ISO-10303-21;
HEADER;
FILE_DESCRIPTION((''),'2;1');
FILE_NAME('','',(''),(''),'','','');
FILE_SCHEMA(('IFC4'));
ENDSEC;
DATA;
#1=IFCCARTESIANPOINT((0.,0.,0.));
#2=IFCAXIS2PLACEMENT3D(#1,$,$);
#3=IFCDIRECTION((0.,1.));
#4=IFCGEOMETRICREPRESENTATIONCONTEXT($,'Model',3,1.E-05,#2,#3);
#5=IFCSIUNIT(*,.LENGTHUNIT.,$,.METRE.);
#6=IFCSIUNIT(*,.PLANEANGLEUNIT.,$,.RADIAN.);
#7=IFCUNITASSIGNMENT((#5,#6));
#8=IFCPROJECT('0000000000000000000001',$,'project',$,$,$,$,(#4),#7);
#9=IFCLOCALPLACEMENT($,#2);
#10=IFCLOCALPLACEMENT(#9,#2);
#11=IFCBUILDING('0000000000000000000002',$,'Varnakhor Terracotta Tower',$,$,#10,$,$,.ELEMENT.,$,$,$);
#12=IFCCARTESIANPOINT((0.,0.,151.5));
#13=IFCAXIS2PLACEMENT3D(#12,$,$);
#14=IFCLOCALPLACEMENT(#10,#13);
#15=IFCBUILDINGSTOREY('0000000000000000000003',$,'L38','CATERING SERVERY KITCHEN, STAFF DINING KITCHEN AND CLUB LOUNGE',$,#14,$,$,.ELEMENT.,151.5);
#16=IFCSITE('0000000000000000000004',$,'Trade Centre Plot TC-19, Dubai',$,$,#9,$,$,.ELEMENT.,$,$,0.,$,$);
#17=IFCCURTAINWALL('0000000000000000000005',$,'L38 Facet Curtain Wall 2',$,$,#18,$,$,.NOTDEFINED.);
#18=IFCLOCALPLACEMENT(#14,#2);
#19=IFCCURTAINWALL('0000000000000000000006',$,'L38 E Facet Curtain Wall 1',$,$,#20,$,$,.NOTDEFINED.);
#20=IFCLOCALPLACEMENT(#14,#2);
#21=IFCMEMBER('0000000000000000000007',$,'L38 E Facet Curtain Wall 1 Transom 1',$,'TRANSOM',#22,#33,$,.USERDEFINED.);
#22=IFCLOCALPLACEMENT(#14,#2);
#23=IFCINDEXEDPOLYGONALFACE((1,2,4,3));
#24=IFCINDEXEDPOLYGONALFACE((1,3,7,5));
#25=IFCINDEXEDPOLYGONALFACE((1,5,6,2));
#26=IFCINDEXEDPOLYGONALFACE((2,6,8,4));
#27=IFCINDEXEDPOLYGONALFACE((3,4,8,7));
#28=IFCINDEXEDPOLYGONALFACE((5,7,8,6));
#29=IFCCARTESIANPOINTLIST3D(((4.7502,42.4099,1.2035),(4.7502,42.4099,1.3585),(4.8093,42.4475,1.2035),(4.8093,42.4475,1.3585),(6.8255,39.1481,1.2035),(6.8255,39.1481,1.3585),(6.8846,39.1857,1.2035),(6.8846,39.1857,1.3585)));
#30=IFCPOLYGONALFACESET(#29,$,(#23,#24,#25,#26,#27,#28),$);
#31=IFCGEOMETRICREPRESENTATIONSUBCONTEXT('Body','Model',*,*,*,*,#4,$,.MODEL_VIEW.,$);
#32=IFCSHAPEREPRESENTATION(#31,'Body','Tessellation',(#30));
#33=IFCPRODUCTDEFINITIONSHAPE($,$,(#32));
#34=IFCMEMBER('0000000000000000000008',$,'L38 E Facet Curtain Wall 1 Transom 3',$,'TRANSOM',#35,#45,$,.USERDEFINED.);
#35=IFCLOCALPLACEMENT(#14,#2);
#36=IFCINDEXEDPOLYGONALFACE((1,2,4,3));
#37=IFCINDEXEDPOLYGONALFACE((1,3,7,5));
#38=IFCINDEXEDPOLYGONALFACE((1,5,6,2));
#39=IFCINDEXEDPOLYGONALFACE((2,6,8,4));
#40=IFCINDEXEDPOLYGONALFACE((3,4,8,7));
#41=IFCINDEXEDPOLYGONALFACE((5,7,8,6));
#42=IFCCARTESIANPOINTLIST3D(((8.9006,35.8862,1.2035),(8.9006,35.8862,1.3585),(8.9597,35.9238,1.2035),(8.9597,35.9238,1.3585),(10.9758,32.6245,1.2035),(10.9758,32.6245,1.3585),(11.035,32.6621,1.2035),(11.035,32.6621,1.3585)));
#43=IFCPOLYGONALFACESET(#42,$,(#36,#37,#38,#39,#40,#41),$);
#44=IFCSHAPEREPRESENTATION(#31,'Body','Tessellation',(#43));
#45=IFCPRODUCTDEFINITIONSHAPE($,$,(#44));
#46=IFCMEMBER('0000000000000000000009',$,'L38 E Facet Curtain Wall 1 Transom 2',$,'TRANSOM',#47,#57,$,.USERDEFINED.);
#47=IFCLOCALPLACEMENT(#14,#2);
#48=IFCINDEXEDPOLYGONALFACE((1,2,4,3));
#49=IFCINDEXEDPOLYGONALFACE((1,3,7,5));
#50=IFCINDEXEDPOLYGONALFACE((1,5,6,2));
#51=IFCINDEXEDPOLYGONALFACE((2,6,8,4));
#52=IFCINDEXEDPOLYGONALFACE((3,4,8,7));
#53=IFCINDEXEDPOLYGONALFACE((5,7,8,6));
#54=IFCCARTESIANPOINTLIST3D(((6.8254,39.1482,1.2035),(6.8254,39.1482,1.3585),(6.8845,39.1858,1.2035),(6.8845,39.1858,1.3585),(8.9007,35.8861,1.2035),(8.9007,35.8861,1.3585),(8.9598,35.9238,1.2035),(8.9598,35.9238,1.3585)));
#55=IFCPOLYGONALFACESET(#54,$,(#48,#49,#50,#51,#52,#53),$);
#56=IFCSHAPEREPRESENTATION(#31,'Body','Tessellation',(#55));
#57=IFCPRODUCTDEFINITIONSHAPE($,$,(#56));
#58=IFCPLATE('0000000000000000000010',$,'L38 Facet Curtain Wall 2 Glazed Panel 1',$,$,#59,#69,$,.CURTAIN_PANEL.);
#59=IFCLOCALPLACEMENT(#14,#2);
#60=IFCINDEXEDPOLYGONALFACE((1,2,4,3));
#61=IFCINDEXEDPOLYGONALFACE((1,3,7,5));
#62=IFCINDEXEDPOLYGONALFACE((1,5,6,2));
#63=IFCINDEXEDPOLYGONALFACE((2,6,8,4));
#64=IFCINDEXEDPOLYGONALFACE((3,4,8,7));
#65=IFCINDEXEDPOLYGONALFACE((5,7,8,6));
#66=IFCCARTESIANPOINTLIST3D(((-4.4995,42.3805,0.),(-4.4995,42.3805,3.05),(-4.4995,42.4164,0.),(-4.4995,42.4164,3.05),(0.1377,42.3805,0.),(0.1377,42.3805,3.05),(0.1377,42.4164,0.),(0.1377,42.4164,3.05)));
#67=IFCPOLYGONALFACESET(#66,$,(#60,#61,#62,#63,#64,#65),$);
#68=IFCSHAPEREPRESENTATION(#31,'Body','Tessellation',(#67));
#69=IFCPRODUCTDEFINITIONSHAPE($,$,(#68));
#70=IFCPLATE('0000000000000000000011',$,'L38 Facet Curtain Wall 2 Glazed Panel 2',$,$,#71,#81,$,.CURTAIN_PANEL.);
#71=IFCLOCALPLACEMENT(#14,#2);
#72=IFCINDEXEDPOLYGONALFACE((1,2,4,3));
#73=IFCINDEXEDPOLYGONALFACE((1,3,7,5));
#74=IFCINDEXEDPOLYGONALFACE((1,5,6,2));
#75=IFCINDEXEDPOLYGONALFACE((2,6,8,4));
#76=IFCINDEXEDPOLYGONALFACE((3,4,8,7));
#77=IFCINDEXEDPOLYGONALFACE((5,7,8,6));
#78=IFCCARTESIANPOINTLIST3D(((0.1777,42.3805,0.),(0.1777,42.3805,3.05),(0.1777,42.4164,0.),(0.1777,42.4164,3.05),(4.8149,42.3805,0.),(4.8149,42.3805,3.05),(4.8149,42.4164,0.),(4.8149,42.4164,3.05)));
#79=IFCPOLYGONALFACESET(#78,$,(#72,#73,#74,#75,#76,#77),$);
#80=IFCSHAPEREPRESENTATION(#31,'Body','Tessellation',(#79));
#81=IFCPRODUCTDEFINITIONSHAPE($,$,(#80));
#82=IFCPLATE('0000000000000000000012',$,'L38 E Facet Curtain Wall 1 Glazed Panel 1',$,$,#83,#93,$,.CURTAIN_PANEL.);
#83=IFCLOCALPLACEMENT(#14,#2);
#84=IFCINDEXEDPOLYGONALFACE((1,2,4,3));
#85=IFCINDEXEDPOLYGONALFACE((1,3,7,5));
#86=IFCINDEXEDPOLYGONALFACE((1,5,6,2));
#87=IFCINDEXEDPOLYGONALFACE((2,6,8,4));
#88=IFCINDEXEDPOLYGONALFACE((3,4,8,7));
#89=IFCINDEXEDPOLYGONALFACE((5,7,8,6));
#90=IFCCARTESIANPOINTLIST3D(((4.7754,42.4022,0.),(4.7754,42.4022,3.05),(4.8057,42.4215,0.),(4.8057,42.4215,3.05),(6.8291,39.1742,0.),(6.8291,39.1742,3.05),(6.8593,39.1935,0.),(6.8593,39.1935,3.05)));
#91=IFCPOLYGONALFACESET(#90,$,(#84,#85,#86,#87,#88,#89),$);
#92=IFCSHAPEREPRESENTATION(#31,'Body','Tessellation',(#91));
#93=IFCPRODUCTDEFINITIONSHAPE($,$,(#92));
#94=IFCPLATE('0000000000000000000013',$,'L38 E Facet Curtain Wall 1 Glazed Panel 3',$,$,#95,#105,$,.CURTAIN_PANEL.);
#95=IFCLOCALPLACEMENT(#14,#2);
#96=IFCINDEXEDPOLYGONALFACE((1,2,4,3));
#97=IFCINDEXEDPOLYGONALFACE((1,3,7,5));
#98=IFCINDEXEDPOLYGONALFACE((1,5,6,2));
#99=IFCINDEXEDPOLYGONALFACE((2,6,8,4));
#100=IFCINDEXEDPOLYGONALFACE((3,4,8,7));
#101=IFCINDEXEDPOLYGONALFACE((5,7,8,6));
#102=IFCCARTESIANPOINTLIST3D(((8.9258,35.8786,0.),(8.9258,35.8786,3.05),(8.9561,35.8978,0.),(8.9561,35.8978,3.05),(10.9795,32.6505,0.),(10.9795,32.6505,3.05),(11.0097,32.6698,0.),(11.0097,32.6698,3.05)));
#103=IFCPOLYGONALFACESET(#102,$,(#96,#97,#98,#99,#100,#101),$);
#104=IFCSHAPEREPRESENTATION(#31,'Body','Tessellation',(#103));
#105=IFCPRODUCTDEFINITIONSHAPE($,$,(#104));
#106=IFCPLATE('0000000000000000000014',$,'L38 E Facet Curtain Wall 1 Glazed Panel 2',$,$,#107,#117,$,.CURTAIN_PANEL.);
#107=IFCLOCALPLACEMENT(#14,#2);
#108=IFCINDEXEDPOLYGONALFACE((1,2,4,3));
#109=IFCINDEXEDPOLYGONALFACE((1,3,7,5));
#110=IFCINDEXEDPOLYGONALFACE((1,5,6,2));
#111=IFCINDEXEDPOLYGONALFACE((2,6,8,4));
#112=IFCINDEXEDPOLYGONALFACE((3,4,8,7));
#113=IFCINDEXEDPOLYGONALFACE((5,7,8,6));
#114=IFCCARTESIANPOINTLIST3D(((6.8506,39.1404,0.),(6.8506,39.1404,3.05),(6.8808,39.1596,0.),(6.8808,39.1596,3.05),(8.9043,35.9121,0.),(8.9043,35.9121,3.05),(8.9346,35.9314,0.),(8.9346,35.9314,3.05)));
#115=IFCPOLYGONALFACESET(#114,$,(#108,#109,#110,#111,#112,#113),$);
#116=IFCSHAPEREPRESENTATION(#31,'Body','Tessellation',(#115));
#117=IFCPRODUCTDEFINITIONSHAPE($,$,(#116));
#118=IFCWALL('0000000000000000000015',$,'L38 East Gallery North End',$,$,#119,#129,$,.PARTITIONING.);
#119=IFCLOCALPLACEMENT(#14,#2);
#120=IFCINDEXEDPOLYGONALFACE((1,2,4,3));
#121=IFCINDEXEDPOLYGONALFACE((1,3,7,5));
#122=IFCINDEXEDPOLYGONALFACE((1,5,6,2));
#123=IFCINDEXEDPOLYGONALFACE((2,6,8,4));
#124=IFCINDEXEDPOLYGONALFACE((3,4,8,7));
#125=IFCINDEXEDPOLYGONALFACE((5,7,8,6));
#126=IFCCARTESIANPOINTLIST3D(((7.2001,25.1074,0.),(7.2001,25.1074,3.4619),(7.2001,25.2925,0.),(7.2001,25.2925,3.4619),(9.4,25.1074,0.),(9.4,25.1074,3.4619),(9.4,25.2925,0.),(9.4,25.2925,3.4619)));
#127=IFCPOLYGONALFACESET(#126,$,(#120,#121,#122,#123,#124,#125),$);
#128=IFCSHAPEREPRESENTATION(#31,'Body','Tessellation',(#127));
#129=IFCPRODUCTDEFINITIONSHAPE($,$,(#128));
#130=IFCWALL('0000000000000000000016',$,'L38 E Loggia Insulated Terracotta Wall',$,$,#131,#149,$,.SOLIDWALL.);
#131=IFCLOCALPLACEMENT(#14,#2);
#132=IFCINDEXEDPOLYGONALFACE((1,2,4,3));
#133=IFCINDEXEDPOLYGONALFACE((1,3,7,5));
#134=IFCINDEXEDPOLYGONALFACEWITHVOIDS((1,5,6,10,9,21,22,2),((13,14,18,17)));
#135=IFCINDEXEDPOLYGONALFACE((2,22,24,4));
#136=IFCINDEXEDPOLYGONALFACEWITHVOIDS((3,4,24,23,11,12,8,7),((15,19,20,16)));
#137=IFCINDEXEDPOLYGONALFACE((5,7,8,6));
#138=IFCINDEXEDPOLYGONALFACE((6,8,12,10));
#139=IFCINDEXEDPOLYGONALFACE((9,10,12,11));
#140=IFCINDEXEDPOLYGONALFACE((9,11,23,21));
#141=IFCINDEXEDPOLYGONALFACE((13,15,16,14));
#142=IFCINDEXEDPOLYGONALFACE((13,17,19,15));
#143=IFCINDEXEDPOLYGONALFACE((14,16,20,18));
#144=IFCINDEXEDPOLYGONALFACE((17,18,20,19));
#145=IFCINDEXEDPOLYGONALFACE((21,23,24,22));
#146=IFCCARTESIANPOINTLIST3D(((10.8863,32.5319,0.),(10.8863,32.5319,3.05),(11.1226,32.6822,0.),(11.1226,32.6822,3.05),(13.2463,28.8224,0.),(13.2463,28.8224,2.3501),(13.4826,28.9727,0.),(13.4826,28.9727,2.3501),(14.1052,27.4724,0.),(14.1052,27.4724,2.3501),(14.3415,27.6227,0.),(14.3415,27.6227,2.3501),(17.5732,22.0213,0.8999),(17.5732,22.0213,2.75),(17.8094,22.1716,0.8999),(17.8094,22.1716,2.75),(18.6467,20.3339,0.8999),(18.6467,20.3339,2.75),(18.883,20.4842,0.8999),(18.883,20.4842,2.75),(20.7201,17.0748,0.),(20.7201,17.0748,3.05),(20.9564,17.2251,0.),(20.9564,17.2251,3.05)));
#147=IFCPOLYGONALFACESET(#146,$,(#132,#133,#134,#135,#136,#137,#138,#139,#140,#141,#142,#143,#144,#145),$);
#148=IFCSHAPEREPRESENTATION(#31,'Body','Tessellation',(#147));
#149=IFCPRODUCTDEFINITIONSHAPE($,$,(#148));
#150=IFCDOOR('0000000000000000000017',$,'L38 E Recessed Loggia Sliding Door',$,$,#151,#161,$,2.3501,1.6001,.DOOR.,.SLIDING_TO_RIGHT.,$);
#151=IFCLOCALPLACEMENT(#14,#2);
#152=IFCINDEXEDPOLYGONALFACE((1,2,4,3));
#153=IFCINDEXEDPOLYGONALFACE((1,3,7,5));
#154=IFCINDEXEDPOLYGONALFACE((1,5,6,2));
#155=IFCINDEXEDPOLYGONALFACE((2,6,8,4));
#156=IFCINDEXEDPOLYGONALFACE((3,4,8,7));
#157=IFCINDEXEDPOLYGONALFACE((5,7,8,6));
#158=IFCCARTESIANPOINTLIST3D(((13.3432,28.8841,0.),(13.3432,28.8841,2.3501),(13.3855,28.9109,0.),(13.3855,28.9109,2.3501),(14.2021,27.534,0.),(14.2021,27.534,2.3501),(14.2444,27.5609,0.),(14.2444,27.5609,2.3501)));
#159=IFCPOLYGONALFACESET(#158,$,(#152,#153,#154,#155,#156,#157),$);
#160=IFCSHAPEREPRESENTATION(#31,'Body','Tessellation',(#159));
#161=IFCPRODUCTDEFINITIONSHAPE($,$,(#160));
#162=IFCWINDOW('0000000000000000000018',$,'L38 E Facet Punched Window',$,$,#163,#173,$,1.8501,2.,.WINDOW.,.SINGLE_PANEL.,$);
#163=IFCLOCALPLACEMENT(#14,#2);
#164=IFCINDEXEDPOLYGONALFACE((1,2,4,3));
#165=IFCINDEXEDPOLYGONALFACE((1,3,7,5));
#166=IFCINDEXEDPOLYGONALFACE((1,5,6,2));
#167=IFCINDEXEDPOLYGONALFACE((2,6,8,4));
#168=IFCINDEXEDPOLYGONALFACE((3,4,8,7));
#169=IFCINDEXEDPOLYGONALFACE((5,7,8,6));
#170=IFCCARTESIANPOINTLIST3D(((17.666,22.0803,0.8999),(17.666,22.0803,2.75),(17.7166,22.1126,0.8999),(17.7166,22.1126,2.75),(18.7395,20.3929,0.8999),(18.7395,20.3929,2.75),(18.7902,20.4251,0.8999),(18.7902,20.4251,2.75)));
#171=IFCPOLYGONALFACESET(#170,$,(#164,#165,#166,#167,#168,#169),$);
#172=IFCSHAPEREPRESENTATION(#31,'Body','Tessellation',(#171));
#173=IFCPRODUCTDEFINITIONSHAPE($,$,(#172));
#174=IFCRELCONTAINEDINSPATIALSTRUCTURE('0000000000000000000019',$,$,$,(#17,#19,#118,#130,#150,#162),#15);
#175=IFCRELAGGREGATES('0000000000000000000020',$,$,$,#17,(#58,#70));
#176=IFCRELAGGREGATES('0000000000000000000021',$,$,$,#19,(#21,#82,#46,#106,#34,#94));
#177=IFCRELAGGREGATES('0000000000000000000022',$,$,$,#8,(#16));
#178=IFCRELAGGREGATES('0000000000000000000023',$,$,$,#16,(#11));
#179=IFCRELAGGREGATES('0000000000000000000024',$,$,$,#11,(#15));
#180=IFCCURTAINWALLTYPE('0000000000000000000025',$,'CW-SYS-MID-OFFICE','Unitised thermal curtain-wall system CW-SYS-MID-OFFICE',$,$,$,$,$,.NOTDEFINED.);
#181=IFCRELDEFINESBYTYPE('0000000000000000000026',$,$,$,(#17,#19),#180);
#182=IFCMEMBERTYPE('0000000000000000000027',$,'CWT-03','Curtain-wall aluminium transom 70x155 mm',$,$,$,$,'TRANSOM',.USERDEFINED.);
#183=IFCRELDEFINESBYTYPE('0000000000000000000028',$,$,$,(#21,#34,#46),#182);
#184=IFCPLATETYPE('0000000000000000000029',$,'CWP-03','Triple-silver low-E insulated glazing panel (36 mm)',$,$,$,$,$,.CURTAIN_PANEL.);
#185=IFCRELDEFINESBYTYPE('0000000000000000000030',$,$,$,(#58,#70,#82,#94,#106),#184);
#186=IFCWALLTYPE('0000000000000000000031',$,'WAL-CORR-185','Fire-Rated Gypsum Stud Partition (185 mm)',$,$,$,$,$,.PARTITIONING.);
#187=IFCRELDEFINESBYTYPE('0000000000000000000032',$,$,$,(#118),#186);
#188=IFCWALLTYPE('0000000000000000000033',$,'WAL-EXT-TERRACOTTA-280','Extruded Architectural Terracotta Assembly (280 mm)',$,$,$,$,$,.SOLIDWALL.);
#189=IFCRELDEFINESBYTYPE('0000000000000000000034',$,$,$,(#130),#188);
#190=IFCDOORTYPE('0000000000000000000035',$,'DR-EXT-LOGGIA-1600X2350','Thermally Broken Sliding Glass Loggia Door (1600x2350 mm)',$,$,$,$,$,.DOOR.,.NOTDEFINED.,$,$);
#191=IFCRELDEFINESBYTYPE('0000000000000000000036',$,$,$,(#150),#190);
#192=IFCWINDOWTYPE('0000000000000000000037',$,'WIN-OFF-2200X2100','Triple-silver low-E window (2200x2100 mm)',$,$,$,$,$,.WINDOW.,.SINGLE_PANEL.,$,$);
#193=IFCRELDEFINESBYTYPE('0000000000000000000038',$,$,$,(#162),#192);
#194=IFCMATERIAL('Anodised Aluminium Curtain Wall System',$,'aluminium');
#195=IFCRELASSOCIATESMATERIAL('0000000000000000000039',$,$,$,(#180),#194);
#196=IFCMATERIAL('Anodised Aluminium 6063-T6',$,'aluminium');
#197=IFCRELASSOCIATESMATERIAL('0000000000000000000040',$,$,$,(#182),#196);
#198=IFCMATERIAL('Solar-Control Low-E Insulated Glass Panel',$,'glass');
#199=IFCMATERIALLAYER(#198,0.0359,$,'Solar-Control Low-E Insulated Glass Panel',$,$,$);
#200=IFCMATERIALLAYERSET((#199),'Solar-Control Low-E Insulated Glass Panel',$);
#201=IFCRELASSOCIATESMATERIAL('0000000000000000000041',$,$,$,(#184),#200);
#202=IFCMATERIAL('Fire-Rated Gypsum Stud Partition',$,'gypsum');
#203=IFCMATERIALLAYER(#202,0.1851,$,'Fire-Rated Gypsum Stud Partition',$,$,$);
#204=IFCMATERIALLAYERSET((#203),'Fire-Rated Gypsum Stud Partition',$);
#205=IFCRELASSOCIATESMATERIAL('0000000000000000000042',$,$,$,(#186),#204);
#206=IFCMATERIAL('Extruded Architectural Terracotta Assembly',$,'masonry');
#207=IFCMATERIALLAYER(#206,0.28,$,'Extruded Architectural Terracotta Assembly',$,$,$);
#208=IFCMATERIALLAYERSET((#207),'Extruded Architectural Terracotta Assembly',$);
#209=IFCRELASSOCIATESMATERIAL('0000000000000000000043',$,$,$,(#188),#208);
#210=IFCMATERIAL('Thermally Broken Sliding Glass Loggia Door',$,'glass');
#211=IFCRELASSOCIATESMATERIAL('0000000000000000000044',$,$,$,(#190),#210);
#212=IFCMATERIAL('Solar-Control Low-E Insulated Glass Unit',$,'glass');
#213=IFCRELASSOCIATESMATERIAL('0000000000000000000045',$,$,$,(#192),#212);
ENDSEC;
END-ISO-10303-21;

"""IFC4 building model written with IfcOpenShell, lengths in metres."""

from ifc_helpers import new_model, si_unit, direction, frame, frame_2d, origin, origin_2d, place, context, subcontext, project, spatial, rectangle, extrude, source, transform, mapped, material, layer, layer_set, material_profile, profile_set, type_object, type_shapes, element, fill, aggregate, save


model = new_model("IFC4")

# Units and contexts
model_context = context("Model", 3, precision=1e-05, world=origin(), true_north=direction((0.0, 1.0)))
body_context = subcontext(model_context, "Body", "Model", "MODEL_VIEW")
ifc_project = project(units=[si_unit("LENGTHUNIT", "METRE"), si_unit("PLANEANGLEUNIT", "RADIAN")], contexts=[model_context])

# Site, building, storey
site_placement = place(None, origin())
site = spatial("IfcSite", under=ifc_project, at=site_placement, Name="Trade Centre Plot TC-19, Dubai", CompositionType="ELEMENT", RefElevation=0.0)
building_placement = place(site_placement, origin())
building = spatial("IfcBuilding", under=site, at=building_placement, Name="Varnakhor Terracotta Tower", CompositionType="ELEMENT")
storey_placement = place(building_placement, frame((0.0, 0.0, 151.5)))
storey = spatial("IfcBuildingStorey", under=building, at=storey_placement, Name="L38", Description="CATERING SERVERY KITCHEN, STAFF DINING KITCHEN AND CLUB LOUNGE", CompositionType="ELEMENT", Elevation=151.5)

# Curtain wall
ifc_material_1 = material(Name="Anodised Aluminium Curtain Wall System", Category="aluminium")
curtain_wall_type = type_object("IfcCurtainWallType", Name="CW-SYS-MID-OFFICE", Description="Unitised thermal curtain-wall system CW-SYS-MID-OFFICE", PredefinedType="NOTDEFINED", material=ifc_material_1)
curtain_wall_1_placement = place(storey_placement, origin())
curtain_wall_1 = element("IfcCurtainWall", 1, at=curtain_wall_1_placement, inside=storey, type_object=curtain_wall_type, Name="L38 Facet Curtain Wall 2", PredefinedType="NOTDEFINED")
ifc_material_2 = material(Name="Anodised Aluminium 6063-T6", Category="aluminium")

# Curtain wall
curtain_wall_2_placement = place(storey_placement, origin())
curtain_wall_2 = element("IfcCurtainWall", 2, at=curtain_wall_2_placement, inside=storey, type_object=curtain_wall_type, Name="L38 E Facet Curtain Wall 1", PredefinedType="NOTDEFINED")

# Members
ifc_material_profile_1 = material_profile(ifc_material_2, rectangle(XDim=0.0701, YDim=0.155, at=origin_2d()), Name="ALU TRANSOM 70x155")
ifc_profile_set_1 = profile_set([ifc_material_profile_1], Name="Anodised Aluminium 6063-T6")
member_type_1 = type_object("IfcMemberType", Name="CWT-03", Description="Curtain-wall aluminium transom 70x155 mm", ElementType="TRANSOM", PredefinedType="USERDEFINED", material=ifc_profile_set_1)
shared_shape_1 = source(origin(), body_context, "Body", "SweptSolid", [
    extrude(rectangle(XDim=0.0701, YDim=0.155, at=origin_2d()), origin(), (0.0, 0.0, 1.0), 3.866),
])
member_1_placement = place(storey_placement, frame((4.7798, 42.4287, 1.281), z_axis=(0.536794, -0.843713, 0.0), x_axis=(0.843713, 0.536794, 0.0)))
member_1 = element("IfcMember", 3, at=member_1_placement, type_object=member_type_1, Name="L38 E Facet Curtain Wall 1 Transom 1", ObjectType="TRANSOM", PredefinedType="USERDEFINED", context=body_context, shape_type="MappedRepresentation", body=[
    mapped(shared_shape_1, transform((0.0, 0.0, 0.0), scale=1.0)),
])
member_2_placement = place(storey_placement, frame((8.9302, 35.905, 1.281), z_axis=(0.536794, -0.843713, 0.0), x_axis=(0.843713, 0.536794, 0.0)))
member_2 = element("IfcMember", 4, at=member_2_placement, type_object=member_type_1, Name="L38 E Facet Curtain Wall 1 Transom 3", ObjectType="TRANSOM", PredefinedType="USERDEFINED", context=body_context, shape_type="MappedRepresentation", body=[
    mapped(shared_shape_1, transform((0.0, 0.0, 0.0), scale=1.0)),
])
shared_shape_2 = source(origin(), body_context, "Body", "SweptSolid", [
    extrude(rectangle(XDim=0.0701, YDim=0.155, at=origin_2d()), origin(), (0.0, 0.0, 1.0), 3.8662),
])
member_3_placement = place(storey_placement, frame((6.855, 39.167, 1.281), z_axis=(0.536765, -0.843732, 0.0), x_axis=(0.843732, 0.536765, 0.0)))
member_3 = element("IfcMember", 5, at=member_3_placement, type_object=member_type_1, Name="L38 E Facet Curtain Wall 1 Transom 2", ObjectType="TRANSOM", PredefinedType="USERDEFINED", context=body_context, shape_type="MappedRepresentation", body=[
    mapped(shared_shape_2, transform((0.0, 0.0, 0.0), scale=1.0)),
])

# Plates
ifc_material_3 = material(Name="Solar-Control Low-E Insulated Glass Panel", Category="glass")
ifc_layer_1 = layer(ifc_material_3, 0.0359, Name="Solar-Control Low-E Insulated Glass Panel")
ifc_layer_set_1 = layer_set([ifc_layer_1], Name="Solar-Control Low-E Insulated Glass Panel")
plate_type = type_object("IfcPlateType", Name="CWP-03", Description="Triple-silver low-E insulated glazing panel (36 mm)", PredefinedType="CURTAIN_PANEL", material=ifc_layer_set_1)
shared_shape_3 = source(origin(), body_context, "Body", "SweptSolid", [
    extrude(rectangle(XDim=4.6372, YDim=0.0359, at=origin_2d()), origin(), (0.0, 0.0, 1.0), 3.05),
])
plate_1_placement = place(storey_placement, frame((-2.1809, 42.3984, 0.0), z_axis=(0.0, 0.0, 1.0), x_axis=(1.0, 0.0, 0.0)))
plate_1 = element("IfcPlate", 6, at=plate_1_placement, type_object=plate_type, Name="L38 Facet Curtain Wall 2 Glazed Panel 1", PredefinedType="CURTAIN_PANEL", context=body_context, shape_type="MappedRepresentation", body=[
    mapped(shared_shape_3, transform((0.0, 0.0, 0.0), scale=1.0)),
])
plate_2_placement = place(storey_placement, frame((2.4963, 42.3984, 0.0), z_axis=(0.0, 0.0, 1.0), x_axis=(1.0, 0.0, 0.0)))
plate_2 = element("IfcPlate", 7, at=plate_2_placement, type_object=plate_type, Name="L38 Facet Curtain Wall 2 Glazed Panel 2", PredefinedType="CURTAIN_PANEL", context=body_context, shape_type="MappedRepresentation", body=[
    mapped(shared_shape_3, transform((0.0, 0.0, 0.0), scale=1.0)),
])
aggregate(curtain_wall_1, [plate_1, plate_2])
shared_shape_4 = source(origin(), body_context, "Body", "SweptSolid", [
    extrude(rectangle(XDim=3.8259, YDim=0.0359, at=origin_2d()), origin(), (0.0, 0.0, 1.0), 3.05),
])
plate_3_placement = place(storey_placement, frame((5.8174, 40.7979, 0.0), z_axis=(0.0, 0.0, 1.0), x_axis=(0.53677, -0.843729, 0.0)))
plate_3 = element("IfcPlate", 8, at=plate_3_placement, type_object=plate_type, Name="L38 E Facet Curtain Wall 1 Glazed Panel 1", PredefinedType="CURTAIN_PANEL", context=body_context, shape_type="MappedRepresentation", body=[
    mapped(shared_shape_4, transform((0.0, 0.0, 0.0), scale=1.0)),
])
plate_4_placement = place(storey_placement, frame((9.9678, 34.2742, 0.0), z_axis=(0.0, 0.0, 1.0), x_axis=(0.53677, -0.843729, 0.0)))
plate_4 = element("IfcPlate", 9, at=plate_4_placement, type_object=plate_type, Name="L38 E Facet Curtain Wall 1 Glazed Panel 3", PredefinedType="CURTAIN_PANEL", context=body_context, shape_type="MappedRepresentation", body=[
    mapped(shared_shape_4, transform((0.0, 0.0, 0.0), scale=1.0)),
])
shared_shape_5 = source(origin(), body_context, "Body", "SweptSolid", [
    extrude(rectangle(XDim=3.8262, YDim=0.0359, at=origin_2d()), origin(), (0.0, 0.0, 1.0), 3.05),
])
plate_5_placement = place(storey_placement, frame((7.8926, 37.5359, 0.0), z_axis=(0.0, 0.0, 1.0), x_axis=(0.53677, -0.843729, 0.0)))
plate_5 = element("IfcPlate", 10, at=plate_5_placement, type_object=plate_type, Name="L38 E Facet Curtain Wall 1 Glazed Panel 2", PredefinedType="CURTAIN_PANEL", context=body_context, shape_type="MappedRepresentation", body=[
    mapped(shared_shape_5, transform((0.0, 0.0, 0.0), scale=1.0)),
])
aggregate(curtain_wall_2, [member_1, plate_3, member_3, plate_5, member_2, plate_4])

# Wall
ifc_material_4 = material(Name="Fire-Rated Gypsum Stud Partition", Category="gypsum")
ifc_layer_2 = layer(ifc_material_4, 0.1851, Name="Fire-Rated Gypsum Stud Partition")
ifc_layer_set_2 = layer_set([ifc_layer_2], Name="Fire-Rated Gypsum Stud Partition")
wall_type_1 = type_object("IfcWallType", Name="WAL-CORR-185", Description="Fire-Rated Gypsum Stud Partition (185 mm)", PredefinedType="PARTITIONING", material=ifc_layer_set_2)
wall_1_placement = place(storey_placement, frame((7.2, 25.2, 0.0), z_axis=(0.0, 0.0, 1.0), x_axis=(1.0, 0.0, 0.0)))
element("IfcWall", 11, at=wall_1_placement, inside=storey, type_object=wall_type_1, Name="L38 East Gallery North End", PredefinedType="PARTITIONING", context=body_context, shape_type="SweptSolid", body=[
    extrude(rectangle(XDim=2.2, YDim=0.1851, at=frame_2d((1.1001, 0.0))), origin(), (0.0, 0.0, 1.0), 3.4619),
])

# Wall, openings, door, window
ifc_material_5 = material(Name="Extruded Architectural Terracotta Assembly", Category="masonry")
ifc_layer_3 = layer(ifc_material_5, 0.28, Name="Extruded Architectural Terracotta Assembly")
ifc_layer_set_3 = layer_set([ifc_layer_3], Name="Extruded Architectural Terracotta Assembly")
wall_type_2 = type_object("IfcWallType", Name="WAL-EXT-TERRACOTTA-280", Description="Extruded Architectural Terracotta Assembly (280 mm)", PredefinedType="SOLIDWALL", material=ifc_layer_set_3)
wall_2_placement = place(storey_placement, frame((11.0044, 32.6072, 0.0), z_axis=(0.0, 0.0, 1.0), x_axis=(0.536776, -0.843725, 0.0)))
wall_2 = element("IfcWall", 12, at=wall_2_placement, inside=storey, type_object=wall_type_2, Name="L38 E Loggia Insulated Terracotta Wall", PredefinedType="SOLIDWALL", context=body_context, shape_type="SweptSolid", body=[
    extrude(rectangle(XDim=18.3201, YDim=0.28, at=frame_2d((9.1602, 0.0))), origin(), (0.0, 0.0, 1.0), 3.05),
])
opening_1_placement = place(wall_2_placement, frame((4.3967, 0.0, 0.0)))
opening_1 = element("IfcOpeningElement", 13, at=opening_1_placement, cuts=wall_2, PredefinedType="OPENING", context=body_context, shape_type="SweptSolid", body=[
    extrude(rectangle(XDim=1.6001, YDim=2.3501, at=frame_2d((0.8, 1.175))), frame((0.0, 0.1499, 0.0), z_axis=(0.0, -1.0, 0.0), x_axis=(1.0, 0.0, 0.0)), (0.0, 0.0, 1.0), 0.3),
])
opening_2_placement = place(wall_2_placement, frame((12.4575, 0.0, 0.8999)))
opening_2 = element("IfcOpeningElement", 14, at=opening_2_placement, cuts=wall_2, PredefinedType="OPENING", context=body_context, shape_type="SweptSolid", body=[
    extrude(rectangle(XDim=2.0, YDim=1.8501, at=frame_2d((1.0, 0.925))), frame((0.0, 0.1499, 0.0), z_axis=(0.0, -1.0, 0.0), x_axis=(1.0, 0.0, 0.0)), (0.0, 0.0, 1.0), 0.3),
])
ifc_material_6 = material(Name="Thermally Broken Sliding Glass Loggia Door", Category="glass")
door_type = type_object("IfcDoorType", Name="DR-EXT-LOGGIA-1600X2350", Description="Thermally Broken Sliding Glass Loggia Door (1600x2350 mm)", OperationType="NOTDEFINED", PredefinedType="DOOR", material=ifc_material_6)
shared_shape_6 = source(origin(), body_context, "Body", "SweptSolid", [
    extrude(rectangle(XDim=1.6001, YDim=2.3501, at=frame_2d((0.8, 1.175))), frame((0.0, 0.0249, 0.0), z_axis=(0.0, -1.0, 0.0), x_axis=(1.0, 0.0, 0.0)), (0.0, 0.0, 1.0), 0.05),
])
type_shapes(door_type, [shared_shape_6])
door_placement = place(opening_1_placement, origin())
door = element("IfcDoor", 15, at=door_placement, inside=storey, type_object=door_type, Name="L38 E Recessed Loggia Sliding Door", OperationType="SLIDING_TO_RIGHT", OverallHeight=2.3501, OverallWidth=1.6001, PredefinedType="DOOR", context=body_context, shape_type="MappedRepresentation", body=[
    mapped(shared_shape_6, transform((0.0, 0.0, 0.0), scale=1.0)),
])
fill(opening_1, door)
ifc_material_7 = material(Name="Solar-Control Low-E Insulated Glass Unit", Category="glass")
window_type = type_object("IfcWindowType", Name="WIN-OFF-2200X2100", Description="Triple-silver low-E window (2200x2100 mm)", PartitioningType="SINGLE_PANEL", PredefinedType="WINDOW", material=ifc_material_7)
shared_shape_7 = source(origin(), body_context, "Body", "SweptSolid", [
    extrude(rectangle(XDim=2.0, YDim=1.8501, at=frame_2d((1.0, 0.925))), frame((0.0, 0.03, 0.0), z_axis=(0.0, -1.0, 0.0), x_axis=(1.0, 0.0, 0.0)), (0.0, 0.0, 1.0), 0.0601),
])
type_shapes(window_type, [shared_shape_7])
window_placement = place(opening_2_placement, origin())
window = element("IfcWindow", 16, at=window_placement, inside=storey, type_object=window_type, Name="L38 E Facet Punched Window", OverallHeight=1.8501, OverallWidth=2.0, PartitioningType="SINGLE_PANEL", PredefinedType="WINDOW", context=body_context, shape_type="MappedRepresentation", body=[
    mapped(shared_shape_7, transform((0.0, 0.0, 0.0), scale=1.0)),
])
fill(opening_2, window)

save(model, "model.ifc")
